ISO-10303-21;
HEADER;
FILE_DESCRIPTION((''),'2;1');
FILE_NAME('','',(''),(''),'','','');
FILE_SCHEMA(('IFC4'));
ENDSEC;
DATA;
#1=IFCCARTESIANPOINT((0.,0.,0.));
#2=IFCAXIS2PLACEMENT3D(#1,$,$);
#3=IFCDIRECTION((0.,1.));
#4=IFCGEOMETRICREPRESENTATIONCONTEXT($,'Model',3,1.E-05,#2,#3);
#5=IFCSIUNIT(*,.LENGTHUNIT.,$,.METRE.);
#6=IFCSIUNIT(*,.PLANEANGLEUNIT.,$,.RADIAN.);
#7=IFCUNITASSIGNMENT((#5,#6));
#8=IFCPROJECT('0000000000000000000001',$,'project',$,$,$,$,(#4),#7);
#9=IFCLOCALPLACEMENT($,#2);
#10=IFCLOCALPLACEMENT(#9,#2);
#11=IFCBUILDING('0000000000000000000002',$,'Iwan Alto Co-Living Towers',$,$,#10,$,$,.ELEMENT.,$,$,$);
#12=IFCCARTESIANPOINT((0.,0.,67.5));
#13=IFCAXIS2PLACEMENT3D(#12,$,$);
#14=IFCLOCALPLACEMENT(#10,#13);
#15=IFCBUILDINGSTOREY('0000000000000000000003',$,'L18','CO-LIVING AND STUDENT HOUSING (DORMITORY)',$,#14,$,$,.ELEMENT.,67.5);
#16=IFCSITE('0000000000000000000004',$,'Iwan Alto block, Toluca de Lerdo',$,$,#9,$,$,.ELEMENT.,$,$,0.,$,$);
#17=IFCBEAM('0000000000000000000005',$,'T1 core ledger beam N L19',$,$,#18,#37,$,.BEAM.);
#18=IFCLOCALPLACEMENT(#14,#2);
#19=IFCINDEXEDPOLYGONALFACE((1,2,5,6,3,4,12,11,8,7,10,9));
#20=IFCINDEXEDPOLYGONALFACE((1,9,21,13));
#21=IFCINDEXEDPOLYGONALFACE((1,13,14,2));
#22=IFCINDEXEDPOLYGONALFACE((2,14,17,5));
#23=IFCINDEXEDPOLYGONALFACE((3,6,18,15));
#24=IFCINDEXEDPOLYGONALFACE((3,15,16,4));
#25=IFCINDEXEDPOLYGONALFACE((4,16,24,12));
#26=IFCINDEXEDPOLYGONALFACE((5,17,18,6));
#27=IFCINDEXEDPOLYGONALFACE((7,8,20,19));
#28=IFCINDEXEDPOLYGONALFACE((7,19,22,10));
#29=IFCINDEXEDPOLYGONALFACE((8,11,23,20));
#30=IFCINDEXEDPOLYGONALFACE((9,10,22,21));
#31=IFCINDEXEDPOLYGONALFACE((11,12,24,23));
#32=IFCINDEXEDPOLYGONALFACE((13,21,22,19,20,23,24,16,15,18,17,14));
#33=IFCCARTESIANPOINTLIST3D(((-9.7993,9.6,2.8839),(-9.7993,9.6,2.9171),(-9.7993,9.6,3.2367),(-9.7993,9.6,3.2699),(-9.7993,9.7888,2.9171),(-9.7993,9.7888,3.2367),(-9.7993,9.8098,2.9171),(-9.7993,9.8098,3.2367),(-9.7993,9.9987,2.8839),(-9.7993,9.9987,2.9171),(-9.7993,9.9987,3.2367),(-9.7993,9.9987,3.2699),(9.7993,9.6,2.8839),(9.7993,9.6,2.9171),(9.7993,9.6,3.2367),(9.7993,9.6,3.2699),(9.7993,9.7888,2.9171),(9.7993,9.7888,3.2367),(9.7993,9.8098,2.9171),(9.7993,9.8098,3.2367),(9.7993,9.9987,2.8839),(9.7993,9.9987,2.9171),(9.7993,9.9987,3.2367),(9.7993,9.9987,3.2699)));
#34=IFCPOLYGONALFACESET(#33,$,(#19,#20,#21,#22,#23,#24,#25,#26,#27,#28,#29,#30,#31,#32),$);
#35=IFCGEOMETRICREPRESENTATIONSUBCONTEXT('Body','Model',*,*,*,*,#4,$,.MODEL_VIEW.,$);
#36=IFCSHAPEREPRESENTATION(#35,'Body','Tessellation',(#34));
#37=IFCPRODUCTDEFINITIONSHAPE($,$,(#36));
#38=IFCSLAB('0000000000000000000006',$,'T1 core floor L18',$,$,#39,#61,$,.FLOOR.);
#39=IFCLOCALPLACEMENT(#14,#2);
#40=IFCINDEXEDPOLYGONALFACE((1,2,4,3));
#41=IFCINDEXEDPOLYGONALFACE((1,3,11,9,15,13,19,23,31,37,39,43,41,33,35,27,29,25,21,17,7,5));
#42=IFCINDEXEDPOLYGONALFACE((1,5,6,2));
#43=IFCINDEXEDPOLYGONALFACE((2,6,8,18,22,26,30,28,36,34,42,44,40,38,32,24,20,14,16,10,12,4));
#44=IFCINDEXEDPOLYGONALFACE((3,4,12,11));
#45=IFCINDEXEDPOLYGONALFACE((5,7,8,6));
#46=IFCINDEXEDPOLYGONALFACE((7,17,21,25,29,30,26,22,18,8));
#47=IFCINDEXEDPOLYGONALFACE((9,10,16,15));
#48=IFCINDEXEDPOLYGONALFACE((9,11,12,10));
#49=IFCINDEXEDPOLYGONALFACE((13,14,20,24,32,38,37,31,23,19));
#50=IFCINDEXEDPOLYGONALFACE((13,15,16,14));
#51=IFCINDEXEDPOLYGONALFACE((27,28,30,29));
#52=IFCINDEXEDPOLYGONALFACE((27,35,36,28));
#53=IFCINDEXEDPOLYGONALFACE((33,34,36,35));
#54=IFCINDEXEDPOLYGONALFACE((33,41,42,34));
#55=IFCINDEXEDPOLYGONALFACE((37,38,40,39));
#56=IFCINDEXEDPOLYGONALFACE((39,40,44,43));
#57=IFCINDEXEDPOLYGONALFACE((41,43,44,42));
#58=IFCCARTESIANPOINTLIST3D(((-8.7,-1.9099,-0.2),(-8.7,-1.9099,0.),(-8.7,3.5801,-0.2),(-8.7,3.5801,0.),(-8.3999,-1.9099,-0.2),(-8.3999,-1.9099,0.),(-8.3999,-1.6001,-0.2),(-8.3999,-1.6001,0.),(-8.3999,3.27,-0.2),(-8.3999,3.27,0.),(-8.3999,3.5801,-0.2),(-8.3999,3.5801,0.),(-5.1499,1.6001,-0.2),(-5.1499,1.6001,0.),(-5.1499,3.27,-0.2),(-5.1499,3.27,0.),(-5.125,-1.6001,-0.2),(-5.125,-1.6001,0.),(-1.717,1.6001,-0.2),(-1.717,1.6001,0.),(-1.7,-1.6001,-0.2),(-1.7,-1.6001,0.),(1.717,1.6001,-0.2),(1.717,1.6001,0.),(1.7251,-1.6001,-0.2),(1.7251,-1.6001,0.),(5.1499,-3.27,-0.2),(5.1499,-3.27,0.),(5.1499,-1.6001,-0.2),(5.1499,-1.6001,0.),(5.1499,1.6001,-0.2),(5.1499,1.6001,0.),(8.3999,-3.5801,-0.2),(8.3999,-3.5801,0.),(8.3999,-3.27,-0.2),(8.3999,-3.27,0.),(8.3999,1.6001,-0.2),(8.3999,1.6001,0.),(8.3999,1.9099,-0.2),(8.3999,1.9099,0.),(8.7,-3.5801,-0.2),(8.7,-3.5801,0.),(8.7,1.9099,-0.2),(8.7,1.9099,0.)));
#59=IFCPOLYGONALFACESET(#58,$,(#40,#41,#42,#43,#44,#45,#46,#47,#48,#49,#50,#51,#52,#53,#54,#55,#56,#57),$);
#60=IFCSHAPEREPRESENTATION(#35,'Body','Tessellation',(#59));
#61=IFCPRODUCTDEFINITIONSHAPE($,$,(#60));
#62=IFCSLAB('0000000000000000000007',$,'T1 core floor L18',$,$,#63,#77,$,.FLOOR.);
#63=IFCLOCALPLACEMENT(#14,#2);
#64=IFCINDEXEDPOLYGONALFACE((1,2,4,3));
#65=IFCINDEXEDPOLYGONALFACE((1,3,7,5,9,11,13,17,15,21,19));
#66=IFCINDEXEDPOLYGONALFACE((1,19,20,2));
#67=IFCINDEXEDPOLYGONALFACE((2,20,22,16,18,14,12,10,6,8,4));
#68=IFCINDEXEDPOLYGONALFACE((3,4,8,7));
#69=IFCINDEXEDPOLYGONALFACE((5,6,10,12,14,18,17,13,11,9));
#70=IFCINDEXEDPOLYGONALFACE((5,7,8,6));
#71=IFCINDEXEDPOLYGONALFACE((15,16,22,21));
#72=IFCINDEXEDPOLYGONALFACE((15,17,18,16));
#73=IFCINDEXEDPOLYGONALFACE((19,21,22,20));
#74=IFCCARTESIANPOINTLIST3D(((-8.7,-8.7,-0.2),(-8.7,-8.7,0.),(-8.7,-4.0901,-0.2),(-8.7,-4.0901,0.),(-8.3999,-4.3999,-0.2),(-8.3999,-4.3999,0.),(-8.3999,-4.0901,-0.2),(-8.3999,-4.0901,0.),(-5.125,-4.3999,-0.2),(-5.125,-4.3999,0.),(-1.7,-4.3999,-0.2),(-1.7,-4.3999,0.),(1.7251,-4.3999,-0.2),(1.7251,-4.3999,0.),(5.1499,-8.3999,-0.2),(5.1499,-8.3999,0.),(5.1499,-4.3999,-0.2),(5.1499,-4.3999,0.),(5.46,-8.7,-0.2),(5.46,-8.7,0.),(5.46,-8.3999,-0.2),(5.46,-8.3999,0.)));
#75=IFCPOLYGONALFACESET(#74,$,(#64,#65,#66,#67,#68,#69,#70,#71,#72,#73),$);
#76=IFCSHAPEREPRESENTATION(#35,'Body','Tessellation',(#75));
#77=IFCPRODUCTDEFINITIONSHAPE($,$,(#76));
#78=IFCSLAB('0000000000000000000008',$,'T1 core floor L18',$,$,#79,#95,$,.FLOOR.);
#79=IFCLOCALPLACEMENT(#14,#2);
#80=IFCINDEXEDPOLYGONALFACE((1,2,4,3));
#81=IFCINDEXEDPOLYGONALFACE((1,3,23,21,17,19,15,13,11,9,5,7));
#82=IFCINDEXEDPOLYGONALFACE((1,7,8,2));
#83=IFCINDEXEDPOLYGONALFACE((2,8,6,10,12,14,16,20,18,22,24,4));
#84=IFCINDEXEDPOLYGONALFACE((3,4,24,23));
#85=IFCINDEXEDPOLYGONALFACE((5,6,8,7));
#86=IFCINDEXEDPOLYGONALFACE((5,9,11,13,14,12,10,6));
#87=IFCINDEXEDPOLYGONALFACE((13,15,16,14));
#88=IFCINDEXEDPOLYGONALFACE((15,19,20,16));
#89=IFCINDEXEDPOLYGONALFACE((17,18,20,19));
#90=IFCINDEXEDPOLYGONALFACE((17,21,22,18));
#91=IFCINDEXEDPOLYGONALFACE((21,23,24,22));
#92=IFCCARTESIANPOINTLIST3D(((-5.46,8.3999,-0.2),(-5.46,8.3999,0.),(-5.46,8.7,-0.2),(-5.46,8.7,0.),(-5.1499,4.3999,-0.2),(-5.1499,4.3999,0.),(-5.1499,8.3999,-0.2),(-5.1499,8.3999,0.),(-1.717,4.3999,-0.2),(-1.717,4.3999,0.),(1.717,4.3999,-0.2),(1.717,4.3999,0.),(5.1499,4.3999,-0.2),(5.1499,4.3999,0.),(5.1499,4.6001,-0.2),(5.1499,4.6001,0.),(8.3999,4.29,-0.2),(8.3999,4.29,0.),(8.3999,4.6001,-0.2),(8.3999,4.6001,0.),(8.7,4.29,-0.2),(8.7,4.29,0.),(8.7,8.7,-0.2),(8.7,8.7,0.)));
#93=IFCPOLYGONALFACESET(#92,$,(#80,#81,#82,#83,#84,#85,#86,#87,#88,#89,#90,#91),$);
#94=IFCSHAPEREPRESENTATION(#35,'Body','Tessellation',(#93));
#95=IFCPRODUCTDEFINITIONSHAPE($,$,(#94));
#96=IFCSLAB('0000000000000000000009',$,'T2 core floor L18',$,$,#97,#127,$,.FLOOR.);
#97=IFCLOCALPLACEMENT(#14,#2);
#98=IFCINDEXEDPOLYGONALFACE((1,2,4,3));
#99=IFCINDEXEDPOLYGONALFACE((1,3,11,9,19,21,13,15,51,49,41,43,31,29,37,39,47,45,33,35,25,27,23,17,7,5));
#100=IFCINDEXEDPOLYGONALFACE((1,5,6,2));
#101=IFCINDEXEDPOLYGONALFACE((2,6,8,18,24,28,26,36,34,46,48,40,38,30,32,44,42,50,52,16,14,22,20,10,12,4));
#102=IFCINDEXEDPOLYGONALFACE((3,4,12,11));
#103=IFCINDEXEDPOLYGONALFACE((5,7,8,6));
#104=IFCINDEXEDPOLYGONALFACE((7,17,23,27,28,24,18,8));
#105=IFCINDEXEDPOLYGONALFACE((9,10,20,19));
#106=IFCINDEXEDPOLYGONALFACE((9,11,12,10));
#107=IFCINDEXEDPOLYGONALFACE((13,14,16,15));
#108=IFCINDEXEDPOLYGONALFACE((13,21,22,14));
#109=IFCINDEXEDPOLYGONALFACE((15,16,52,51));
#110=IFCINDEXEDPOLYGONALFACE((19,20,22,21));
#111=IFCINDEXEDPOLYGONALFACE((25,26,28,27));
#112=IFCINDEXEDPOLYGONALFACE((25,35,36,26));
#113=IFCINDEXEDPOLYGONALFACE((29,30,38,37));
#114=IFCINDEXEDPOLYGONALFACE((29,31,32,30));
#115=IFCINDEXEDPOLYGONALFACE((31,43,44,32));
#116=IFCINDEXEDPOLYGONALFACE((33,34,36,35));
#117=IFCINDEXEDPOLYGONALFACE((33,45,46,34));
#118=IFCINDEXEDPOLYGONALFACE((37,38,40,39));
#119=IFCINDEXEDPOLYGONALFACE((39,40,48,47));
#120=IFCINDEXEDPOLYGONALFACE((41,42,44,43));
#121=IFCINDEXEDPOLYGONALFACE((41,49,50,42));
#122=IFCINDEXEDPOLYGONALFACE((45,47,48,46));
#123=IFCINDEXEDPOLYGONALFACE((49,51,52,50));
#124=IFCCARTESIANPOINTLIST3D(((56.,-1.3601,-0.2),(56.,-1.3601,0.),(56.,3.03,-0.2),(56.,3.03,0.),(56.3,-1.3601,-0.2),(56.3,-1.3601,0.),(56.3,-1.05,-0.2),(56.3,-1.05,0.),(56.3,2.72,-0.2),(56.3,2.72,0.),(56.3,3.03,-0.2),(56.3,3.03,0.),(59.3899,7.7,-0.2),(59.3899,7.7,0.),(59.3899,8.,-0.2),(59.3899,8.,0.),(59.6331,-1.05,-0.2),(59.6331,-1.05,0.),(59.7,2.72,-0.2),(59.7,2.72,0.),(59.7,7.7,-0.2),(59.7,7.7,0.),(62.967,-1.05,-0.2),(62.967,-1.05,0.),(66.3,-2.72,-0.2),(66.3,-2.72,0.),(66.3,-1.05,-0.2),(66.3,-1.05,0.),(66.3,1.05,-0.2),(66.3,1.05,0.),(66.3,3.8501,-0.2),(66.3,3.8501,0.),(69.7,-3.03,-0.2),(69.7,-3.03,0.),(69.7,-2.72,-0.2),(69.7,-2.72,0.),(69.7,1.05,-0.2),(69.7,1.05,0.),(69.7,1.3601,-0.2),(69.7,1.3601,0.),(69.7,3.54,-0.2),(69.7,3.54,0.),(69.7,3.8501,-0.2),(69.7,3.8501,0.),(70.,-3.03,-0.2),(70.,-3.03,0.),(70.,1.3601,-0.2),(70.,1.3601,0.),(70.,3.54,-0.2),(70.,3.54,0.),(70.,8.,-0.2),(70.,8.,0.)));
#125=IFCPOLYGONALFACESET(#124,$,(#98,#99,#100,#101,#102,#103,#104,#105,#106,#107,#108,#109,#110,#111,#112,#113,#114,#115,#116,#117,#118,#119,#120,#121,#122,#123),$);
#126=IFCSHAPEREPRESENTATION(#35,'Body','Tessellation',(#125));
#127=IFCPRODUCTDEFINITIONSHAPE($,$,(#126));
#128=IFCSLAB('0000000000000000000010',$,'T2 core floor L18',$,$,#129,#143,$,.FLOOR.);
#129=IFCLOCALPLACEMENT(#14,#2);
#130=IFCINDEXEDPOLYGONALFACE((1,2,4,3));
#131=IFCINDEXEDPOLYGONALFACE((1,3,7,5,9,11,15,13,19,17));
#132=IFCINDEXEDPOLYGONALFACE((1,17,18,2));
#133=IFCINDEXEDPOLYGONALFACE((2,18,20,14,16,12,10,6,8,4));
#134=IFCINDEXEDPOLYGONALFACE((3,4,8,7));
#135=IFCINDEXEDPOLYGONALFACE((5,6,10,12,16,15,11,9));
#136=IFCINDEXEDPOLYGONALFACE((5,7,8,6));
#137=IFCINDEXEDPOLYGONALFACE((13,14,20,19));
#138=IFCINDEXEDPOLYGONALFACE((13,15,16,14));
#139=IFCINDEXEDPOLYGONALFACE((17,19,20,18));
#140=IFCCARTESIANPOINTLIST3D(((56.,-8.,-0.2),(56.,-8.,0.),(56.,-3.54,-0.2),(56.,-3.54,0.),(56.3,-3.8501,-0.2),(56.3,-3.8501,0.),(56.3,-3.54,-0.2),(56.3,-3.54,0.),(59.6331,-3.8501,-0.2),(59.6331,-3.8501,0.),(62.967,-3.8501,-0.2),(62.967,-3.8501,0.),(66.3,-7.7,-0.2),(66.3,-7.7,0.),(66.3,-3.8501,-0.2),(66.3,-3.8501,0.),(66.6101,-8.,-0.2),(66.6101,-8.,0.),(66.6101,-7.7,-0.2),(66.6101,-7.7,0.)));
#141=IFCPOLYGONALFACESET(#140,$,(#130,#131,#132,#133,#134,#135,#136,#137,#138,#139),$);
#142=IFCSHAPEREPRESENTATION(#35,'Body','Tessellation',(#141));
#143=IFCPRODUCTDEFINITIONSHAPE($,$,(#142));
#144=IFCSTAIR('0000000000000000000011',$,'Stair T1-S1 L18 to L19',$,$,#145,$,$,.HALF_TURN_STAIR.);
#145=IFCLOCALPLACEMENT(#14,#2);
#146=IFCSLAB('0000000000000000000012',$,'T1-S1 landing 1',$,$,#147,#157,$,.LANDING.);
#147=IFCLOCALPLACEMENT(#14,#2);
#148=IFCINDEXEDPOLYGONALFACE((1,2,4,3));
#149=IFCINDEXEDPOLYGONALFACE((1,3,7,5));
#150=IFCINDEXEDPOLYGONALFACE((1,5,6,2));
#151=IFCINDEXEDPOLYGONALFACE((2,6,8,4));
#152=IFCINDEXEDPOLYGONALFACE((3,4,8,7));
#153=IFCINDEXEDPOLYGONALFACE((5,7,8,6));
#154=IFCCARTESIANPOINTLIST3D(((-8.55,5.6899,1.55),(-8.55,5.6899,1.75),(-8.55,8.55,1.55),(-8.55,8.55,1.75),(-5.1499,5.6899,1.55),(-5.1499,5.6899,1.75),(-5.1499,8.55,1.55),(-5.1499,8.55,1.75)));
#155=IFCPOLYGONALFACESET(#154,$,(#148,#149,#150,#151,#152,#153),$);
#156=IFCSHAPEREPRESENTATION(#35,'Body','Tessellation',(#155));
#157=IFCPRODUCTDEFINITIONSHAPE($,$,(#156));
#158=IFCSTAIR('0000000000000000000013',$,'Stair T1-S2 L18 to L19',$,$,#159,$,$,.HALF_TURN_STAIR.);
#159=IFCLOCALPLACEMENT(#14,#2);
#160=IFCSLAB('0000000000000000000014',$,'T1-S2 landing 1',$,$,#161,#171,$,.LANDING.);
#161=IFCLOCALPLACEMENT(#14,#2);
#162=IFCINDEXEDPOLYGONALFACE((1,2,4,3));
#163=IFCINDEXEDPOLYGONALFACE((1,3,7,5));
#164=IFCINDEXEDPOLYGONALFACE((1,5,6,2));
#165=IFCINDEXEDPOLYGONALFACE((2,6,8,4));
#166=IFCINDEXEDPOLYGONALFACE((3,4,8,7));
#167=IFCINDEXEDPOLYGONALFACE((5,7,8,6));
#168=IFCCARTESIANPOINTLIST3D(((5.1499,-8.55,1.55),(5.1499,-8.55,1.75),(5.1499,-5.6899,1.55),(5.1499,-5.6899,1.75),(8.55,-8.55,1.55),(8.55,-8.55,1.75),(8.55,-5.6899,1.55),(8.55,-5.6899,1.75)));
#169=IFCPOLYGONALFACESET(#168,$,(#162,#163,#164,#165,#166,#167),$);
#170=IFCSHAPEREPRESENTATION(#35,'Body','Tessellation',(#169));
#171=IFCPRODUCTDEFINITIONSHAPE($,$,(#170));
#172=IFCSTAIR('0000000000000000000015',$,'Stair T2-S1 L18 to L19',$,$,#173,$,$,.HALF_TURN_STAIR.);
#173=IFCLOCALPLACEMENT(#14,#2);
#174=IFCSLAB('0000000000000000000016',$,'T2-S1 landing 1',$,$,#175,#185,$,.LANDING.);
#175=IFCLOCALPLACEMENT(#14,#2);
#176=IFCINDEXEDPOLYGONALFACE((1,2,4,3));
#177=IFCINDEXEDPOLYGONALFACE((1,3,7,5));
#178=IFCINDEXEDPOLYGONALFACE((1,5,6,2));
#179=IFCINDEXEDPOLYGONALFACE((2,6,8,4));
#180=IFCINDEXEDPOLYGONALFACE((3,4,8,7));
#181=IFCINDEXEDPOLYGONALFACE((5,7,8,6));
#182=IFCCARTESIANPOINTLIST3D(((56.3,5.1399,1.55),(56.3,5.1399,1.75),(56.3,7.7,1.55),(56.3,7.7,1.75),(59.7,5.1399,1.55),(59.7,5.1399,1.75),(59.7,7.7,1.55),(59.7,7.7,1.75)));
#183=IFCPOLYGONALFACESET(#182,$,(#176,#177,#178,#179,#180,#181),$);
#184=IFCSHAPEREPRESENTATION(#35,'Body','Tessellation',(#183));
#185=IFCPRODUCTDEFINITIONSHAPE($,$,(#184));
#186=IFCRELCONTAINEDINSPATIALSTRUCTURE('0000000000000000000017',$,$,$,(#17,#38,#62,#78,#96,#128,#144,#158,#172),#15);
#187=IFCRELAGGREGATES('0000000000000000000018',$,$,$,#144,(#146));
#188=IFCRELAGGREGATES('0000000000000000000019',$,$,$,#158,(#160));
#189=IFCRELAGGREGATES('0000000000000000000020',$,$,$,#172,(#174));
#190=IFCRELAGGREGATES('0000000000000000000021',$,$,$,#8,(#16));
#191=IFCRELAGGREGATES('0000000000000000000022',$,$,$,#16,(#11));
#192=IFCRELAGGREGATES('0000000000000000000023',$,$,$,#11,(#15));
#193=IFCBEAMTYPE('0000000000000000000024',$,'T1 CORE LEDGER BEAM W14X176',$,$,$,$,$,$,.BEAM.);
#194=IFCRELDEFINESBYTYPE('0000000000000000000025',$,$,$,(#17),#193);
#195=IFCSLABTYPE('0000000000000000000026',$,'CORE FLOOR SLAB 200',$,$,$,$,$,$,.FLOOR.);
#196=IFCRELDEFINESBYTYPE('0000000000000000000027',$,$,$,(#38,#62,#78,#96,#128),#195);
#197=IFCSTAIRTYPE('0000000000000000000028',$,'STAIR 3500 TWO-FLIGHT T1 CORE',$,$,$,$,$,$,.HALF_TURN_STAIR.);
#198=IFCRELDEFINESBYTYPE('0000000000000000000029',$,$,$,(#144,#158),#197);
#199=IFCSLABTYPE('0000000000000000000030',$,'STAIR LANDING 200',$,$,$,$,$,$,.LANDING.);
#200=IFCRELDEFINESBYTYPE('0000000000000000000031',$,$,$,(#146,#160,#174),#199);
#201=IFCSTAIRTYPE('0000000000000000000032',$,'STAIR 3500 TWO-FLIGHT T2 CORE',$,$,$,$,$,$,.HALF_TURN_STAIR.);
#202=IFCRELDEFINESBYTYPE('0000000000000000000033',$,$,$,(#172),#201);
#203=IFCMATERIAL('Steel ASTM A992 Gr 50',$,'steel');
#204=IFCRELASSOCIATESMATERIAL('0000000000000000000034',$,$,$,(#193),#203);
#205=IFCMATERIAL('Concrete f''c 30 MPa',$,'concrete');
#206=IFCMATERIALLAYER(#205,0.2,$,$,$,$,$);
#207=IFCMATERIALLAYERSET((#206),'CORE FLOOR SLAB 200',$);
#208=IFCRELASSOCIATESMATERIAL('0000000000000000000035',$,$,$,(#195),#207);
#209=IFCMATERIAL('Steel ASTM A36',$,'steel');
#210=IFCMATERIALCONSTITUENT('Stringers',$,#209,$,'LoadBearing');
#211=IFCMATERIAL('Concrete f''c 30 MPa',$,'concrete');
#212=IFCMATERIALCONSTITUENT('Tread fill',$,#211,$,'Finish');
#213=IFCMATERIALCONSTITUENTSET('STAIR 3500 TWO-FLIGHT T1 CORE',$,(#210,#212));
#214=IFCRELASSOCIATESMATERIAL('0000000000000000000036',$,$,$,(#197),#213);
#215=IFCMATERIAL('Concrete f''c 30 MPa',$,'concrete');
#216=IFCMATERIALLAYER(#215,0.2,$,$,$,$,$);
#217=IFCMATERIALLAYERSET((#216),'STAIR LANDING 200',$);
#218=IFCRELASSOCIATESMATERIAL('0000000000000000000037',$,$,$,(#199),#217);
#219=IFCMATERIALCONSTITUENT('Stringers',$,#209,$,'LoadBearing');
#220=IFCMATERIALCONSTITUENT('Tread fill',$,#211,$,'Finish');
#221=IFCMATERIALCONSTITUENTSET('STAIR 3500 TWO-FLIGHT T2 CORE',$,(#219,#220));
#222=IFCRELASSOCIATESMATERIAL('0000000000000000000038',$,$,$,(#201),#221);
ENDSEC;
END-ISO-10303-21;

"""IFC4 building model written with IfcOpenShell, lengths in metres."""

from ifc_helpers import new_model, si_unit, direction, frame, origin, origin_2d, place, context, subcontext, project, spatial, polyline, i_section, outline, extrude, material, layer, layer_set, constituent, constituent_set, material_profile, profile_set, type_object, element, aggregate, save


model = new_model("IFC4")

# Units and contexts
model_context = context("Model", 3, precision=1e-05, world=origin(), true_north=direction((0.0, 1.0)))
body_context = subcontext(model_context, "Body", "Model", "MODEL_VIEW")
ifc_project = project(units=[si_unit("LENGTHUNIT", "METRE"), si_unit("PLANEANGLEUNIT", "RADIAN")], contexts=[model_context])

# Site, building, storey
site_placement = place(None, origin())
site = spatial("IfcSite", under=ifc_project, at=site_placement, Name="Iwan Alto block, Toluca de Lerdo", CompositionType="ELEMENT", RefElevation=0.0)
building_placement = place(site_placement, origin())
building = spatial("IfcBuilding", under=site, at=building_placement, Name="Iwan Alto Co-Living Towers", CompositionType="ELEMENT")
storey_placement = place(building_placement, frame((0.0, 0.0, 67.5)))
storey = spatial("IfcBuildingStorey", under=building, at=storey_placement, Name="L18", Description="CO-LIVING AND STUDENT HOUSING (DORMITORY)", CompositionType="ELEMENT", Elevation=67.5)

# Beam
ifc_material_1 = material(Name="Steel ASTM A992 Gr 50", Category="steel")
ifc_material_profile = material_profile(ifc_material_1, i_section(OverallWidth=0.3987, OverallDepth=0.386, WebThickness=0.021, FlangeThickness=0.0332, at=origin_2d()), Name="W14X176")
ifc_profile_set = profile_set([ifc_material_profile], Name="Steel ASTM A992 Gr 50")
beam_type = type_object("IfcBeamType", Name="T1 CORE LEDGER BEAM W14X176", PredefinedType="BEAM", material=ifc_profile_set)
beam_placement = place(storey_placement, frame((9.7993, 9.7993, 3.0769), z_axis=(-1.0, 0.0, 0.0), x_axis=(0.0, -1.0, 0.0)))
element("IfcBeam", 1, at=beam_placement, inside=storey, type_object=beam_type, Name="T1 core ledger beam N L19", PredefinedType="BEAM", context=body_context, shape_type="SweptSolid", body=[
    extrude(i_section(OverallWidth=0.3987, OverallDepth=0.386, WebThickness=0.021, FlangeThickness=0.0332, at=origin_2d()), origin(), (0.0, 0.0, 1.0), 19.5986),
])

# Slabs
ifc_material_2 = material(Name="Concrete f'c 30 MPa", Category="concrete")
ifc_layer_1 = layer(ifc_material_2, 0.2)
ifc_layer_set_1 = layer_set([ifc_layer_1], Name="CORE FLOOR SLAB 200")
slab_type_1 = type_object("IfcSlabType", Name="CORE FLOOR SLAB 200", PredefinedType="FLOOR", material=ifc_layer_set_1)
slab_1_placement = place(storey_placement, frame((0.0, 0.0, -0.2)))
element("IfcSlab", 2, at=slab_1_placement, inside=storey, type_object=slab_type_1, Name="T1 core floor L18", PredefinedType="FLOOR", context=body_context, shape_type="SweptSolid", body=[
    extrude(outline(polyline([(8.7, -3.5801), (8.3999, -3.5801), (8.3999, -3.27), (5.1499, -3.27), (5.1499, -1.6001), (1.7251, -1.6001), (-1.7, -1.6001), (-5.125, -1.6001), (-8.3999, -1.6001), (-8.3999, -1.9099), (-8.7, -1.9099), (-8.7, 3.5801), (-8.3999, 3.5801), (-8.3999, 3.27), (-5.1499, 3.27), (-5.1499, 1.6001), (-1.717, 1.6001), (1.717, 1.6001), (5.1499, 1.6001), (8.3999, 1.6001), (8.3999, 1.9099), (8.7, 1.9099), (8.7, -3.5801)])), origin(), (0.0, 0.0, 1.0), 0.2),
])
slab_2_placement = place(storey_placement, frame((0.0, 0.0, -0.2)))
element("IfcSlab", 3, at=slab_2_placement, inside=storey, type_object=slab_type_1, Name="T1 core floor L18", PredefinedType="FLOOR", context=body_context, shape_type="SweptSolid", body=[
    extrude(outline(polyline([(-1.7, -4.3999), (1.7251, -4.3999), (5.1499, -4.3999), (5.1499, -8.3999), (5.46, -8.3999), (5.46, -8.7), (-8.7, -8.7), (-8.7, -4.0901), (-8.3999, -4.0901), (-8.3999, -4.3999), (-5.125, -4.3999), (-1.7, -4.3999)])), origin(), (0.0, 0.0, 1.0), 0.2),
])
slab_3_placement = place(storey_placement, frame((0.0, 0.0, -0.2)))
element("IfcSlab", 4, at=slab_3_placement, inside=storey, type_object=slab_type_1, Name="T1 core floor L18", PredefinedType="FLOOR", context=body_context, shape_type="SweptSolid", body=[
    extrude(outline(polyline([(1.717, 4.3999), (-1.717, 4.3999), (-5.1499, 4.3999), (-5.1499, 8.3999), (-5.46, 8.3999), (-5.46, 8.7), (8.7, 8.7), (8.7, 4.29), (8.3999, 4.29), (8.3999, 4.6001), (5.1499, 4.6001), (5.1499, 4.3999), (1.717, 4.3999)])), origin(), (0.0, 0.0, 1.0), 0.2),
])
slab_4_placement = place(storey_placement, frame((0.0, 0.0, -0.2)))
element("IfcSlab", 5, at=slab_4_placement, inside=storey, type_object=slab_type_1, Name="T2 core floor L18", PredefinedType="FLOOR", context=body_context, shape_type="SweptSolid", body=[
    extrude(outline(polyline([(70.0, -3.03), (69.7, -3.03), (69.7, -2.72), (66.3, -2.72), (66.3, -1.05), (62.967, -1.05), (59.6331, -1.05), (56.3, -1.05), (56.3, -1.3601), (56.0, -1.3601), (56.0, 3.03), (56.3, 3.03), (56.3, 2.72), (59.7, 2.72), (59.7, 7.7), (59.3899, 7.7), (59.3899, 8.0), (70.0, 8.0), (70.0, 3.54), (69.7, 3.54), (69.7, 3.8501), (66.3, 3.8501), (66.3, 1.05), (69.7, 1.05), (69.7, 1.3601), (70.0, 1.3601), (70.0, -3.03)])), origin(), (0.0, 0.0, 1.0), 0.2),
])
slab_5_placement = place(storey_placement, frame((0.0, 0.0, -0.2)))
element("IfcSlab", 6, at=slab_5_placement, inside=storey, type_object=slab_type_1, Name="T2 core floor L18", PredefinedType="FLOOR", context=body_context, shape_type="SweptSolid", body=[
    extrude(outline(polyline([(62.967, -3.8501), (66.3, -3.8501), (66.3, -7.7), (66.6101, -7.7), (66.6101, -8.0), (56.0, -8.0), (56.0, -3.54), (56.3, -3.54), (56.3, -3.8501), (59.6331, -3.8501), (62.967, -3.8501)])), origin(), (0.0, 0.0, 1.0), 0.2),
])

# Stairs, slabs
ifc_material_3 = material(Name="Steel ASTM A36", Category="steel")
ifc_constituent_1 = constituent(ifc_material_3, Name="Stringers", Category="LoadBearing")
ifc_material_4 = material(Name="Concrete f'c 30 MPa", Category="concrete")
ifc_constituent_2 = constituent(ifc_material_4, Name="Tread fill", Category="Finish")
ifc_constituent_set_1 = constituent_set(constituents=[ifc_constituent_1, ifc_constituent_2], Name="STAIR 3500 TWO-FLIGHT T1 CORE")
stair_type_1 = type_object("IfcStairType", Name="STAIR 3500 TWO-FLIGHT T1 CORE", PredefinedType="HALF_TURN_STAIR", material=ifc_constituent_set_1)
stair_1_placement = place(storey_placement, origin())
stair_1 = element("IfcStair", 7, at=stair_1_placement, inside=storey, type_object=stair_type_1, Name="Stair T1-S1 L18 to L19", PredefinedType="HALF_TURN_STAIR")
ifc_material_5 = material(Name="Concrete f'c 30 MPa", Category="concrete")
ifc_layer_2 = layer(ifc_material_5, 0.2)
ifc_layer_set_2 = layer_set([ifc_layer_2], Name="STAIR LANDING 200")
slab_type_2 = type_object("IfcSlabType", Name="STAIR LANDING 200", PredefinedType="LANDING", material=ifc_layer_set_2)
slab_6_placement = place(storey_placement, frame((0.0, 0.0, 1.55)))
slab_6 = element("IfcSlab", 8, at=slab_6_placement, type_object=slab_type_2, Name="T1-S1 landing 1", PredefinedType="LANDING", context=body_context, shape_type="SweptSolid", body=[
    extrude(outline(polyline([(-8.55, 5.6899), (-8.55, 8.55), (-5.1499, 8.55), (-5.1499, 5.6899), (-8.55, 5.6899)])), origin(), (0.0, 0.0, 1.0), 0.2),
])
aggregate(stair_1, [slab_6])
stair_2_placement = place(storey_placement, origin())
stair_2 = element("IfcStair", 9, at=stair_2_placement, inside=storey, type_object=stair_type_1, Name="Stair T1-S2 L18 to L19", PredefinedType="HALF_TURN_STAIR")
slab_7_placement = place(storey_placement, frame((0.0, 0.0, 1.55)))
slab_7 = element("IfcSlab", 10, at=slab_7_placement, type_object=slab_type_2, Name="T1-S2 landing 1", PredefinedType="LANDING", context=body_context, shape_type="SweptSolid", body=[
    extrude(outline(polyline([(5.1499, -5.6899), (5.1499, -8.55), (8.55, -8.55), (8.55, -5.6899), (5.1499, -5.6899)])), origin(), (0.0, 0.0, 1.0), 0.2),
])
aggregate(stair_2, [slab_7])
ifc_constituent_3 = constituent(ifc_material_3, Name="Stringers", Category="LoadBearing")
ifc_constituent_4 = constituent(ifc_material_4, Name="Tread fill", Category="Finish")
ifc_constituent_set_2 = constituent_set(constituents=[ifc_constituent_3, ifc_constituent_4], Name="STAIR 3500 TWO-FLIGHT T2 CORE")
stair_type_2 = type_object("IfcStairType", Name="STAIR 3500 TWO-FLIGHT T2 CORE", PredefinedType="HALF_TURN_STAIR", material=ifc_constituent_set_2)
stair_3_placement = place(storey_placement, origin())
stair_3 = element("IfcStair", 11, at=stair_3_placement, inside=storey, type_object=stair_type_2, Name="Stair T2-S1 L18 to L19", PredefinedType="HALF_TURN_STAIR")
slab_8_placement = place(storey_placement, frame((0.0, 0.0, 1.55)))
slab_8 = element("IfcSlab", 12, at=slab_8_placement, type_object=slab_type_2, Name="T2-S1 landing 1", PredefinedType="LANDING", context=body_context, shape_type="SweptSolid", body=[
    extrude(outline(polyline([(56.3, 5.1399), (56.3, 7.7), (59.7, 7.7), (59.7, 5.1399), (56.3, 5.1399)])), origin(), (0.0, 0.0, 1.0), 0.2),
])
aggregate(stair_3, [slab_8])

save(model, "model.ifc")
